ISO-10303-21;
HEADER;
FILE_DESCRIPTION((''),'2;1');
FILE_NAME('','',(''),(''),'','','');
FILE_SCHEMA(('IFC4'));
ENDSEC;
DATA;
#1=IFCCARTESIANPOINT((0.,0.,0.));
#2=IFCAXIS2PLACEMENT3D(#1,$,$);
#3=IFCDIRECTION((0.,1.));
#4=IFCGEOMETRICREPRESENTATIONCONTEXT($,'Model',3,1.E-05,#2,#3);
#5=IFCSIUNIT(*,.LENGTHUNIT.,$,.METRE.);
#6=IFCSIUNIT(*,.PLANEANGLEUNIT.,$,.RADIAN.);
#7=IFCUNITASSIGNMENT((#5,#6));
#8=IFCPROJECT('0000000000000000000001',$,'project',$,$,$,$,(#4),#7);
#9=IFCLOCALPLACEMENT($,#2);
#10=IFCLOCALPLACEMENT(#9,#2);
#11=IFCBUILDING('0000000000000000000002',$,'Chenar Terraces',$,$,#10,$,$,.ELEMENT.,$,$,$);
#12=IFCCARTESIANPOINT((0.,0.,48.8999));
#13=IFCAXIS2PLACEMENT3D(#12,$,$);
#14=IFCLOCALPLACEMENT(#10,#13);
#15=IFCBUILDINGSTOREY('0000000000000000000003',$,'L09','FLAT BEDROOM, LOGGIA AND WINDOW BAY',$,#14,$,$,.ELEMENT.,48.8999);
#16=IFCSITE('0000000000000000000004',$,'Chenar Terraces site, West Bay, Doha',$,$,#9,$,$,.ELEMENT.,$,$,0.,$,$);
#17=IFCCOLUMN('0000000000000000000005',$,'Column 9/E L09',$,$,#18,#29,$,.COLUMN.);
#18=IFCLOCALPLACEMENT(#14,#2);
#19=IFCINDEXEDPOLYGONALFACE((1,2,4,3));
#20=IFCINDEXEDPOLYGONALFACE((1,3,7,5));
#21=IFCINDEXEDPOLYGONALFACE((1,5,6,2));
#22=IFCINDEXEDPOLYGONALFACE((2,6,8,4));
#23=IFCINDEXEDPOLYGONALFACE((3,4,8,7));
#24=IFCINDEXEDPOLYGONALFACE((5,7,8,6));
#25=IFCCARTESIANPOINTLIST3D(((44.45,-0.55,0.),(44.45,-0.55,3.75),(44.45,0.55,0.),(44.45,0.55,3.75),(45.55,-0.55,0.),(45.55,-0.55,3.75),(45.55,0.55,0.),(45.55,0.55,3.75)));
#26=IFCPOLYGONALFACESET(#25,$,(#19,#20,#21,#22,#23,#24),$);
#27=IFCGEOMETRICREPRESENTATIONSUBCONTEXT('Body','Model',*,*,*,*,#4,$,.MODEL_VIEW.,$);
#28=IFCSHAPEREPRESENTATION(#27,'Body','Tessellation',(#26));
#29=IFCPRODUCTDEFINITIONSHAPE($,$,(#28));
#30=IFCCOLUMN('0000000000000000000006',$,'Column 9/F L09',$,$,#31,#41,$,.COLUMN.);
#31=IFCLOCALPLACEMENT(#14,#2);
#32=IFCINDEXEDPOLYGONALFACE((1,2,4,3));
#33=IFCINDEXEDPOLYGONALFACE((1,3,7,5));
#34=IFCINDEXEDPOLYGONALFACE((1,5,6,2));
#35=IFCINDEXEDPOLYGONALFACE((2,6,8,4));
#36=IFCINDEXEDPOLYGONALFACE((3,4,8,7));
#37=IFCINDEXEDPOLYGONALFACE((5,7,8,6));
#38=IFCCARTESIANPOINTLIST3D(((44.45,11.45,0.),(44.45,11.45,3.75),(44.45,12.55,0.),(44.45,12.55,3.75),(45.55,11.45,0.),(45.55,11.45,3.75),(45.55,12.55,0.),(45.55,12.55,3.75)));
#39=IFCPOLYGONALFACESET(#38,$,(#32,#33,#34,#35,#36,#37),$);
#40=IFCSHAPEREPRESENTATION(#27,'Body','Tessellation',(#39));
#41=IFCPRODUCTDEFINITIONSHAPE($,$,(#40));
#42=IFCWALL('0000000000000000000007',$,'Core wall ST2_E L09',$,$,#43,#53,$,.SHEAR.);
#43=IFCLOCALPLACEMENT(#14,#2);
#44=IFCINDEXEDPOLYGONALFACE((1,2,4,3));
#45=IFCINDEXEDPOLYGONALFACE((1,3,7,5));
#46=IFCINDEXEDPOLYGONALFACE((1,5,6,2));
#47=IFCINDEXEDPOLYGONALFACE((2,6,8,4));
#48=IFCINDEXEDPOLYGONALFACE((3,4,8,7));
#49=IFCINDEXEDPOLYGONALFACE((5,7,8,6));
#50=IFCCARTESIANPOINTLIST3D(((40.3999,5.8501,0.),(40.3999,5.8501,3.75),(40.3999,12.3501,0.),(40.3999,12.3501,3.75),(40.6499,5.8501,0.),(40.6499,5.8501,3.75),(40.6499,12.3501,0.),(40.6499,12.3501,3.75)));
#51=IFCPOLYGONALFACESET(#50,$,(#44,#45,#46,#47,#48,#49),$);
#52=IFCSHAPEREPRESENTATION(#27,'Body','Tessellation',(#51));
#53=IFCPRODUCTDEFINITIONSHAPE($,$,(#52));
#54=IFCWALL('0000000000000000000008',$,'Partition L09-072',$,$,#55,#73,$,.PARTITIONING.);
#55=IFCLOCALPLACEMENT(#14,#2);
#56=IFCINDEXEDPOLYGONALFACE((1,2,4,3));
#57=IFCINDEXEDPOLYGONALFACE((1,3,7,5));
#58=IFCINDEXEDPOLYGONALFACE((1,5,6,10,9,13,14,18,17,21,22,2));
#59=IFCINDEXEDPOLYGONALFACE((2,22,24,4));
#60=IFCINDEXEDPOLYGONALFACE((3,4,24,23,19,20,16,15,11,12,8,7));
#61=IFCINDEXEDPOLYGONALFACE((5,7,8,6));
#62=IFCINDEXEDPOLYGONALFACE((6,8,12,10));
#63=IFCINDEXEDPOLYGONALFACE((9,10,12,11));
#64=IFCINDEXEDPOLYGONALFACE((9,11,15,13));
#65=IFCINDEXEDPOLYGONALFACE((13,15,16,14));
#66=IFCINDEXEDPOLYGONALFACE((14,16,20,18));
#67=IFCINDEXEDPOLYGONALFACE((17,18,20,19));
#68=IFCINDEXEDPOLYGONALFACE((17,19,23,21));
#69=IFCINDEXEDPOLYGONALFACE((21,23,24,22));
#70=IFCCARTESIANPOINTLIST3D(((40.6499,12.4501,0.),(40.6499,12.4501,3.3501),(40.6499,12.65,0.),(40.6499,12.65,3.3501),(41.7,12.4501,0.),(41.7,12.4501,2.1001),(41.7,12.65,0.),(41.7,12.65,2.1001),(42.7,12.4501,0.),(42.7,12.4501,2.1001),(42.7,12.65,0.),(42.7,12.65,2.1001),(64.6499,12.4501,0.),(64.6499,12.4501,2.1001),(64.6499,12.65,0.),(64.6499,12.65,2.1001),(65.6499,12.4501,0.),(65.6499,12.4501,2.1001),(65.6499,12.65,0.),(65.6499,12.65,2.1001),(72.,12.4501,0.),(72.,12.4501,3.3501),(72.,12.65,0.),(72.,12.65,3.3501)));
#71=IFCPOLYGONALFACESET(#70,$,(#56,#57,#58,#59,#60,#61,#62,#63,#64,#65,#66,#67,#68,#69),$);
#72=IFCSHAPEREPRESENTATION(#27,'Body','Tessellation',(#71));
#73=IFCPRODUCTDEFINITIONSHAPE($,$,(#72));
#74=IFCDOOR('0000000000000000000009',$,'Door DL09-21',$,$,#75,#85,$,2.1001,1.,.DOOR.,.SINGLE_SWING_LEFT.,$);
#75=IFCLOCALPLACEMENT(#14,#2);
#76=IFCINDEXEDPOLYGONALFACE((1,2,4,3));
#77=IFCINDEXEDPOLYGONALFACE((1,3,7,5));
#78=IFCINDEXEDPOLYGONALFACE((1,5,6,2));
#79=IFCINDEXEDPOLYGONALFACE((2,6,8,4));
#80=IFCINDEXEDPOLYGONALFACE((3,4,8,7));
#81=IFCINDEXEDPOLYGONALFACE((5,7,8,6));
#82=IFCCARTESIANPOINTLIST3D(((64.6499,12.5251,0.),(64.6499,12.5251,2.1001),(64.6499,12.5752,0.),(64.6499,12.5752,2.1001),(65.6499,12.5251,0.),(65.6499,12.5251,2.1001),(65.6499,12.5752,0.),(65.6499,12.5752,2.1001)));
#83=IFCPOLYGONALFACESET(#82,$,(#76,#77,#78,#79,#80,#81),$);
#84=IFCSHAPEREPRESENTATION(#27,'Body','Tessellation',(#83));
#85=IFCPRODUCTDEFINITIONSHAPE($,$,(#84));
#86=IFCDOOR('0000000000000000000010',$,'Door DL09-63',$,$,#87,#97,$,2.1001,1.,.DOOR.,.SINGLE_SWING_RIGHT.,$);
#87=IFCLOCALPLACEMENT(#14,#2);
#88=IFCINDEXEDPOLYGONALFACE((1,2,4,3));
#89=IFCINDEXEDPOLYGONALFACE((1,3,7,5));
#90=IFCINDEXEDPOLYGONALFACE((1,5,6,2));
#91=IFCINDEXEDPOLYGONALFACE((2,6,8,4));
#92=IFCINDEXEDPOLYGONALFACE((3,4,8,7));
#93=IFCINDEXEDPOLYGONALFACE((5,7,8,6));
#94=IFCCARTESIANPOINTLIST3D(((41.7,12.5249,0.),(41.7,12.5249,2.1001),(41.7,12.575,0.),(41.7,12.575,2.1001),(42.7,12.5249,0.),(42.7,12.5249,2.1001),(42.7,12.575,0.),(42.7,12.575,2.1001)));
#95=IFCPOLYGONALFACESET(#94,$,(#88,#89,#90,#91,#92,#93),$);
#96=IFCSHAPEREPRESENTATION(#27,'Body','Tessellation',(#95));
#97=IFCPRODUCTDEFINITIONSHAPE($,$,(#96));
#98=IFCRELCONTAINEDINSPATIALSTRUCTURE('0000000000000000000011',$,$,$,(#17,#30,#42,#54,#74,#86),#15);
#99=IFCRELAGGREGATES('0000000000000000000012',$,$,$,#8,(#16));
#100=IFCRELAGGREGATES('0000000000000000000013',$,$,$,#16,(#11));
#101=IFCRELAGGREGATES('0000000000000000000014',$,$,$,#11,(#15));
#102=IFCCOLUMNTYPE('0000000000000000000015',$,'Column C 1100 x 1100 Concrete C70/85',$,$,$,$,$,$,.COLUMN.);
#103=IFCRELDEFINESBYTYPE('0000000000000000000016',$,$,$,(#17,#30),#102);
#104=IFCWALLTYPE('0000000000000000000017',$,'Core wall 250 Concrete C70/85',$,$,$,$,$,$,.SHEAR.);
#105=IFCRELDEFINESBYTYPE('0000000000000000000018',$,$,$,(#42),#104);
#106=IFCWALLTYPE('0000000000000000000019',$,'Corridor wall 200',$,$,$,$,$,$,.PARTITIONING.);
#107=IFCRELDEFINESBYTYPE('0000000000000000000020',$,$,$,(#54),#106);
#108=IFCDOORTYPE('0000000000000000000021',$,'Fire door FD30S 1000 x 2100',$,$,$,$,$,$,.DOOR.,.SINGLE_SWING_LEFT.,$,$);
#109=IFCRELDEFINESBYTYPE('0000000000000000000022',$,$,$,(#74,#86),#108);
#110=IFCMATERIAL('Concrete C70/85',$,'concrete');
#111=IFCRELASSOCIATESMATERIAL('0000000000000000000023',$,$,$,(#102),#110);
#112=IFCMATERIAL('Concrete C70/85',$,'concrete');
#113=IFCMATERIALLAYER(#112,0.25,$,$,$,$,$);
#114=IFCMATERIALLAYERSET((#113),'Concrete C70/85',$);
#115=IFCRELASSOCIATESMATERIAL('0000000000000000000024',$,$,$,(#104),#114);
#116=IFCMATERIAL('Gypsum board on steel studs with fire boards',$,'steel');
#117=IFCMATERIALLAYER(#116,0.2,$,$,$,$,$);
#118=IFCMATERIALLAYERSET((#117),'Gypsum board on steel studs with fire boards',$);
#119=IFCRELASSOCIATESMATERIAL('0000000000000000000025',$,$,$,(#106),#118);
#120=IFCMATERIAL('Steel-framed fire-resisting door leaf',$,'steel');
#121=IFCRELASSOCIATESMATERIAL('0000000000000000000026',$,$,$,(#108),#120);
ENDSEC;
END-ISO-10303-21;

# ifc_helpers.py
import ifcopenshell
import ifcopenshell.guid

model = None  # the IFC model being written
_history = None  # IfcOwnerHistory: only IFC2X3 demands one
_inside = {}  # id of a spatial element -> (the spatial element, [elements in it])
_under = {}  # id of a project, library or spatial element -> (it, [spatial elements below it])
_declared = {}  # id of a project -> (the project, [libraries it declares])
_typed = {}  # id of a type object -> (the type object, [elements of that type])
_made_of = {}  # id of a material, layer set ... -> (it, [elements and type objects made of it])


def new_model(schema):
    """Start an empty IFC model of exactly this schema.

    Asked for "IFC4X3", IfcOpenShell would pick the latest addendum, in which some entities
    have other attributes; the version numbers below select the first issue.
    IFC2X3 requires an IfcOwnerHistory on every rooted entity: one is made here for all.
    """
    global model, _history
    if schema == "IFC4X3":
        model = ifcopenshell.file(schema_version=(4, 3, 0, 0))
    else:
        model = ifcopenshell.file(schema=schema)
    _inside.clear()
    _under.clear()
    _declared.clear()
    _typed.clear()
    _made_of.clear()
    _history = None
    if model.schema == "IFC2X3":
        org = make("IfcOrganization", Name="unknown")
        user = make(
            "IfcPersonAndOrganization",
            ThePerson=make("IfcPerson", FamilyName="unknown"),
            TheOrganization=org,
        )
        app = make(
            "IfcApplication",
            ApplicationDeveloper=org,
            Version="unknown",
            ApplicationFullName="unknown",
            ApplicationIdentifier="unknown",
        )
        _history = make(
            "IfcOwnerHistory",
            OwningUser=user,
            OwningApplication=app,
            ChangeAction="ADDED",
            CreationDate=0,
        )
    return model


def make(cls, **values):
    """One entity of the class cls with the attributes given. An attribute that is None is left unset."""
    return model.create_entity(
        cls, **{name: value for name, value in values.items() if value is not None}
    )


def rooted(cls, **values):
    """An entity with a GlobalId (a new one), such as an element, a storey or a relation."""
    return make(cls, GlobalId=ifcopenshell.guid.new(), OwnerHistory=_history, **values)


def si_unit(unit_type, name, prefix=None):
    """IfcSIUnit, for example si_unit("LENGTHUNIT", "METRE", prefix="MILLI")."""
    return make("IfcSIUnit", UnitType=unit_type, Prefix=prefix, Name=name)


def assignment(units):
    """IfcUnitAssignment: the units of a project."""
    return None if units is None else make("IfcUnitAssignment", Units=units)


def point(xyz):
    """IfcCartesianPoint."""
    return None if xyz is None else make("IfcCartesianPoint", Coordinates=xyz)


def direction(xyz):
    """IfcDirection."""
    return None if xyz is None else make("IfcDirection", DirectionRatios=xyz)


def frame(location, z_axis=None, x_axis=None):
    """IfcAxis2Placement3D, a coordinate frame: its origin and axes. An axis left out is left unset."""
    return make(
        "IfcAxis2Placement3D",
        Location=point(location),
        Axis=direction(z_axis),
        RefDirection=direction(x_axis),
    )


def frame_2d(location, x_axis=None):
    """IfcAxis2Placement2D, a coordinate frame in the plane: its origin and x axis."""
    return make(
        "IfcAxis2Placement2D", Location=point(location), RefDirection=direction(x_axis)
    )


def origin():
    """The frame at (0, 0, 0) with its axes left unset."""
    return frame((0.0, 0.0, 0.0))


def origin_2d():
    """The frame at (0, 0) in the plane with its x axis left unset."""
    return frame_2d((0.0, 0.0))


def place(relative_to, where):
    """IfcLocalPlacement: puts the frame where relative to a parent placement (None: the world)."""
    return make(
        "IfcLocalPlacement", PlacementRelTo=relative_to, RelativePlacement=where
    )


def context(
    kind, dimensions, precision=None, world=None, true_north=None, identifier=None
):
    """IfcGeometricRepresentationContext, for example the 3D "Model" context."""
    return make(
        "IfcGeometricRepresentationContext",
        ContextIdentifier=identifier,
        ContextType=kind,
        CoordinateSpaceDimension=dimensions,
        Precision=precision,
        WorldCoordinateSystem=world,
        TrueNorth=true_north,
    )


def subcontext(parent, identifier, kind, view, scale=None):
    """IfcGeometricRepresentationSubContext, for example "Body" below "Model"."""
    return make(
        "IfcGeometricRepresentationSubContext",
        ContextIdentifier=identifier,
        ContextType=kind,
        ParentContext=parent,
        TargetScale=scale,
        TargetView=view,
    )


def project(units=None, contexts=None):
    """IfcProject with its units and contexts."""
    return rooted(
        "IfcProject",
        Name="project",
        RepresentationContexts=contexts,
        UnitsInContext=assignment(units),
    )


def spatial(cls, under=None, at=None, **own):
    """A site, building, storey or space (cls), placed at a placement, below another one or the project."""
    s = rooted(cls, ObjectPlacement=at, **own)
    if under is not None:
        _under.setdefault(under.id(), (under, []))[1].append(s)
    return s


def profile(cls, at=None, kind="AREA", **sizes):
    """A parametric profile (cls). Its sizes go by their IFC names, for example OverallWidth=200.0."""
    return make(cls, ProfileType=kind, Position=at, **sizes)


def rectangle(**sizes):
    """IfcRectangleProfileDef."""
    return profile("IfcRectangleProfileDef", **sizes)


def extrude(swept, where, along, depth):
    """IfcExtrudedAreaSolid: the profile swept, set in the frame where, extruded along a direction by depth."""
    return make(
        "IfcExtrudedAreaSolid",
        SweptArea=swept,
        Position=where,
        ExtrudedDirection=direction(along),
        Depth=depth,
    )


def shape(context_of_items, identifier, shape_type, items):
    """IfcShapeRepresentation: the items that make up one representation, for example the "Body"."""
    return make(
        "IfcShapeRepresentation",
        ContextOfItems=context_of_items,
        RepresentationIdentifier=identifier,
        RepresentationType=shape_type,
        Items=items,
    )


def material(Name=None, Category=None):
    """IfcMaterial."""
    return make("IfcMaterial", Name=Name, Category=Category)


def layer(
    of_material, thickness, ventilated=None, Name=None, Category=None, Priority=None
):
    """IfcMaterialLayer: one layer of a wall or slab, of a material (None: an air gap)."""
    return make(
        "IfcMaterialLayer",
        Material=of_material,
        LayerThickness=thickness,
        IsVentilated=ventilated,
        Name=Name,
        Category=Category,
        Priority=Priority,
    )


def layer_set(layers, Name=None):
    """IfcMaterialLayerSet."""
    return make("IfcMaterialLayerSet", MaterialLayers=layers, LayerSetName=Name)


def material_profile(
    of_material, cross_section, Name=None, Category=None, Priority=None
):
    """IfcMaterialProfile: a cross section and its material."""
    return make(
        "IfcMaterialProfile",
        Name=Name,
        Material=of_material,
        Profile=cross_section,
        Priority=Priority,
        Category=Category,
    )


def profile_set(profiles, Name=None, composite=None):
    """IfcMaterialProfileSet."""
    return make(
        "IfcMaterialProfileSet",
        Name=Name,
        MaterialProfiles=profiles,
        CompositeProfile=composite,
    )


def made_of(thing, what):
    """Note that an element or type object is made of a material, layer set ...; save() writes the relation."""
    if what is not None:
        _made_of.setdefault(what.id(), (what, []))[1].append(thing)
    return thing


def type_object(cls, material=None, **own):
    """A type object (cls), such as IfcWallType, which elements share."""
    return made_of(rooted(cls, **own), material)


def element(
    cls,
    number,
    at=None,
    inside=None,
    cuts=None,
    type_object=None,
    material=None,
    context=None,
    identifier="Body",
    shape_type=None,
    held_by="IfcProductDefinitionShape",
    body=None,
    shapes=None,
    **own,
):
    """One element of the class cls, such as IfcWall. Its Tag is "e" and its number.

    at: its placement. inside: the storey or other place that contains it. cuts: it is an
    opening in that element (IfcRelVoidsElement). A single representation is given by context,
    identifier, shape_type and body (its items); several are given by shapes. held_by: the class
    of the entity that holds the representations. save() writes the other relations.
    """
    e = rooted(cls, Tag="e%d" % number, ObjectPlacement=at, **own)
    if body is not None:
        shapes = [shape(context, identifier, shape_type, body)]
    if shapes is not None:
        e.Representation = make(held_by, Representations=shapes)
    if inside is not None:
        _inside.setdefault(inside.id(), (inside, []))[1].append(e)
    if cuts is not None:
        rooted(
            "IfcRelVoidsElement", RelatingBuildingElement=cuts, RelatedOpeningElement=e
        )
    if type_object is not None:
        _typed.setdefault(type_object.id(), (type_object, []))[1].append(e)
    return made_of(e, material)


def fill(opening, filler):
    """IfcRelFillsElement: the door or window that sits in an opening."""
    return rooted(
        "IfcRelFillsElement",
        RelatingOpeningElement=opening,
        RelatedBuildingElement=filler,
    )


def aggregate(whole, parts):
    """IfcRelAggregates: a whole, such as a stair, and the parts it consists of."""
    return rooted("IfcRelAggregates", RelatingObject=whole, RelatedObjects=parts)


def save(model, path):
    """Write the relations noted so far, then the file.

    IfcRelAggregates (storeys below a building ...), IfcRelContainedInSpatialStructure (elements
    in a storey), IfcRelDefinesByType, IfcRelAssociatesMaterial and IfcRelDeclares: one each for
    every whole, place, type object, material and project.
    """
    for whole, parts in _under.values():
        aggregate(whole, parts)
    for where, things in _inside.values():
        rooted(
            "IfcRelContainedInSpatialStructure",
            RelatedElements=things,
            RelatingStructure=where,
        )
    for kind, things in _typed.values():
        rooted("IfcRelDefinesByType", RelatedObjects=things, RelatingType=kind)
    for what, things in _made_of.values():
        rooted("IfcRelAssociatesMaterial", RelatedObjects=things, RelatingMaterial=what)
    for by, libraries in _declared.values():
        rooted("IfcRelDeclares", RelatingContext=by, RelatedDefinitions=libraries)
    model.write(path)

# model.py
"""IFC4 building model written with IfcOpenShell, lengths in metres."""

from ifc_helpers import new_model, si_unit, direction, frame, frame_2d, origin, origin_2d, place, context, subcontext, project, spatial, rectangle, extrude, material, layer, layer_set, material_profile, profile_set, type_object, element, fill, save


model = new_model("IFC4")

# Units and contexts
model_context = context("Model", 3, precision=1e-05, world=origin(), true_north=direction((0.0, 1.0)))
body_context = subcontext(model_context, "Body", "Model", "MODEL_VIEW")
ifc_project = project(units=[si_unit("LENGTHUNIT", "METRE"), si_unit("PLANEANGLEUNIT", "RADIAN")], contexts=[model_context])

# Site, building, storey
site_placement = place(None, origin())
site = spatial("IfcSite", under=ifc_project, at=site_placement, Name="Chenar Terraces site, West Bay, Doha", CompositionType="ELEMENT", RefElevation=0.0)
building_placement = place(site_placement, origin())
building = spatial("IfcBuilding", under=site, at=building_placement, Name="Chenar Terraces", CompositionType="ELEMENT")
storey_placement = place(building_placement, frame((0.0, 0.0, 48.8999)))
storey = spatial("IfcBuildingStorey", under=building, at=storey_placement, Name="L09", Description="FLAT BEDROOM, LOGGIA AND WINDOW BAY", CompositionType="ELEMENT", Elevation=48.8999)

# Columns
ifc_material_1 = material(Name="Concrete C70/85", Category="concrete")
ifc_material_profile_1 = material_profile(ifc_material_1, rectangle(XDim=1.1001, YDim=1.1001, at=origin_2d()), Name="C 1100 x 1100")
ifc_profile_set_1 = profile_set([ifc_material_profile_1], Name="Concrete C70/85")
column_type = type_object("IfcColumnType", Name="Column C 1100 x 1100 Concrete C70/85", PredefinedType="COLUMN", material=ifc_profile_set_1)
for number, where, z_axis, x_axis, name in (
    (1, (45.0, 0.0, 0.0), (0.0, 0.0, 1.0), (1.0, 0.0, 0.0), "Column 9/E L09"),
    (2, (45.0, 12.0, 0.0), (0.0, 0.0, 1.0), (1.0, 0.0, 0.0), "Column 9/F L09"),
):
    element("IfcColumn", number, at=place(storey_placement, frame(where, z_axis=z_axis, x_axis=x_axis)), inside=storey, type_object=column_type, Name=name, PredefinedType="COLUMN", context=body_context, shape_type="SweptSolid", body=[
        extrude(rectangle(XDim=1.1001, YDim=1.1001, at=origin_2d()), origin(), (0.0, 0.0, 1.0), 3.75),
    ])

# Wall
ifc_material_2 = material(Name="Concrete C70/85", Category="concrete")
ifc_layer_1 = layer(ifc_material_2, 0.25)
ifc_layer_set_1 = layer_set([ifc_layer_1], Name="Concrete C70/85")
wall_type_1 = type_object("IfcWallType", Name="Core wall 250 Concrete C70/85", PredefinedType="SHEAR", material=ifc_layer_set_1)
wall_1_placement = place(storey_placement, frame((40.5249, 5.8501, 0.0), z_axis=(0.0, 0.0, 1.0), x_axis=(0.0, 1.0, 0.0)))
element("IfcWall", 3, at=wall_1_placement, inside=storey, type_object=wall_type_1, Name="Core wall ST2_E L09", PredefinedType="SHEAR", context=body_context, shape_type="SweptSolid", body=[
    extrude(rectangle(XDim=6.5, YDim=0.25, at=frame_2d((3.25, 0.0))), origin(), (0.0, 0.0, 1.0), 3.75),
])

# Wall, openings, doors
ifc_material_3 = material(Name="Gypsum board on steel studs with fire boards", Category="steel")
ifc_layer_2 = layer(ifc_material_3, 0.2)
ifc_layer_set_2 = layer_set([ifc_layer_2], Name="Gypsum board on steel studs with fire boards")
wall_type_2 = type_object("IfcWallType", Name="Corridor wall 200", PredefinedType="PARTITIONING", material=ifc_layer_set_2)
wall_2_placement = place(storey_placement, frame((40.6499, 12.55, 0.0), z_axis=(0.0, 0.0, 1.0), x_axis=(1.0, 0.0, 0.0)))
wall_2 = element("IfcWall", 4, at=wall_2_placement, inside=storey, type_object=wall_type_2, Name="Partition L09-072", PredefinedType="PARTITIONING", context=body_context, shape_type="SweptSolid", body=[
    extrude(rectangle(XDim=31.3501, YDim=0.2, at=frame_2d((15.675, 0.0))), origin(), (0.0, 0.0, 1.0), 3.3501),
])
opening_1_placement = place(wall_2_placement, frame((24.0, 0.0, 0.0)))
opening_1 = element("IfcOpeningElement", 5, at=opening_1_placement, cuts=wall_2, PredefinedType="OPENING", context=body_context, shape_type="SweptSolid", body=[
    extrude(rectangle(XDim=1.0, YDim=2.1001, at=frame_2d((0.5, 1.05))), frame((0.0, 0.1099, 0.0), z_axis=(0.0, -1.0, 0.0), x_axis=(1.0, 0.0, 0.0)), (0.0, 0.0, 1.0), 0.22),
])
opening_2_placement = place(wall_2_placement, frame((1.05, 0.0, 0.0)))
opening_2 = element("IfcOpeningElement", 6, at=opening_2_placement, cuts=wall_2, PredefinedType="OPENING", context=body_context, shape_type="SweptSolid", body=[
    extrude(rectangle(XDim=1.0, YDim=2.1001, at=frame_2d((0.5, 1.05))), frame((0.0, 0.1099, 0.0), z_axis=(0.0, -1.0, 0.0), x_axis=(1.0, 0.0, 0.0)), (0.0, 0.0, 1.0), 0.22),
])
ifc_material_4 = material(Name="Steel-framed fire-resisting door leaf", Category="steel")
door_type_1 = type_object("IfcDoorType", Name="Fire door FD30S 1000 x 2100", OperationType="SINGLE_SWING_LEFT", PredefinedType="DOOR", material=ifc_material_4)
door_1_placement = place(opening_1_placement, frame((1.0, 0.0, 0.0), z_axis=(0.0, 0.0, 1.0), x_axis=(-1.0, 0.0, 0.0)))
door_1 = element("IfcDoor", 7, at=door_1_placement, inside=storey, type_object=door_type_1, Name="Door DL09-21", OperationType="SINGLE_SWING_LEFT", OverallHeight=2.1001, OverallWidth=1.0, PredefinedType="DOOR", context=body_context, shape_type="SweptSolid", body=[
    extrude(rectangle(XDim=1.0, YDim=2.1001, at=frame_2d((0.5, 1.05))), frame((0.0, 0.0249, 0.0), z_axis=(0.0, -1.0, 0.0), x_axis=(1.0, 0.0, 0.0)), (0.0, 0.0, 1.0), 0.05),
])
fill(opening_1, door_1)
door_2_placement = place(opening_2_placement, origin())
door_2 = element("IfcDoor", 8, at=door_2_placement, inside=storey, type_object=door_type_1, Name="Door DL09-63", OperationType="SINGLE_SWING_RIGHT", OverallHeight=2.1001, OverallWidth=1.0, PredefinedType="DOOR", context=body_context, shape_type="SweptSolid", body=[
    extrude(rectangle(XDim=1.0, YDim=2.1001, at=frame_2d((0.5, 1.05))), frame((0.0, 0.0249, 0.0), z_axis=(0.0, -1.0, 0.0), x_axis=(1.0, 0.0, 0.0)), (0.0, 0.0, 1.0), 0.05),
])
fill(opening_2, door_2)

save(model, "model.ifc")
